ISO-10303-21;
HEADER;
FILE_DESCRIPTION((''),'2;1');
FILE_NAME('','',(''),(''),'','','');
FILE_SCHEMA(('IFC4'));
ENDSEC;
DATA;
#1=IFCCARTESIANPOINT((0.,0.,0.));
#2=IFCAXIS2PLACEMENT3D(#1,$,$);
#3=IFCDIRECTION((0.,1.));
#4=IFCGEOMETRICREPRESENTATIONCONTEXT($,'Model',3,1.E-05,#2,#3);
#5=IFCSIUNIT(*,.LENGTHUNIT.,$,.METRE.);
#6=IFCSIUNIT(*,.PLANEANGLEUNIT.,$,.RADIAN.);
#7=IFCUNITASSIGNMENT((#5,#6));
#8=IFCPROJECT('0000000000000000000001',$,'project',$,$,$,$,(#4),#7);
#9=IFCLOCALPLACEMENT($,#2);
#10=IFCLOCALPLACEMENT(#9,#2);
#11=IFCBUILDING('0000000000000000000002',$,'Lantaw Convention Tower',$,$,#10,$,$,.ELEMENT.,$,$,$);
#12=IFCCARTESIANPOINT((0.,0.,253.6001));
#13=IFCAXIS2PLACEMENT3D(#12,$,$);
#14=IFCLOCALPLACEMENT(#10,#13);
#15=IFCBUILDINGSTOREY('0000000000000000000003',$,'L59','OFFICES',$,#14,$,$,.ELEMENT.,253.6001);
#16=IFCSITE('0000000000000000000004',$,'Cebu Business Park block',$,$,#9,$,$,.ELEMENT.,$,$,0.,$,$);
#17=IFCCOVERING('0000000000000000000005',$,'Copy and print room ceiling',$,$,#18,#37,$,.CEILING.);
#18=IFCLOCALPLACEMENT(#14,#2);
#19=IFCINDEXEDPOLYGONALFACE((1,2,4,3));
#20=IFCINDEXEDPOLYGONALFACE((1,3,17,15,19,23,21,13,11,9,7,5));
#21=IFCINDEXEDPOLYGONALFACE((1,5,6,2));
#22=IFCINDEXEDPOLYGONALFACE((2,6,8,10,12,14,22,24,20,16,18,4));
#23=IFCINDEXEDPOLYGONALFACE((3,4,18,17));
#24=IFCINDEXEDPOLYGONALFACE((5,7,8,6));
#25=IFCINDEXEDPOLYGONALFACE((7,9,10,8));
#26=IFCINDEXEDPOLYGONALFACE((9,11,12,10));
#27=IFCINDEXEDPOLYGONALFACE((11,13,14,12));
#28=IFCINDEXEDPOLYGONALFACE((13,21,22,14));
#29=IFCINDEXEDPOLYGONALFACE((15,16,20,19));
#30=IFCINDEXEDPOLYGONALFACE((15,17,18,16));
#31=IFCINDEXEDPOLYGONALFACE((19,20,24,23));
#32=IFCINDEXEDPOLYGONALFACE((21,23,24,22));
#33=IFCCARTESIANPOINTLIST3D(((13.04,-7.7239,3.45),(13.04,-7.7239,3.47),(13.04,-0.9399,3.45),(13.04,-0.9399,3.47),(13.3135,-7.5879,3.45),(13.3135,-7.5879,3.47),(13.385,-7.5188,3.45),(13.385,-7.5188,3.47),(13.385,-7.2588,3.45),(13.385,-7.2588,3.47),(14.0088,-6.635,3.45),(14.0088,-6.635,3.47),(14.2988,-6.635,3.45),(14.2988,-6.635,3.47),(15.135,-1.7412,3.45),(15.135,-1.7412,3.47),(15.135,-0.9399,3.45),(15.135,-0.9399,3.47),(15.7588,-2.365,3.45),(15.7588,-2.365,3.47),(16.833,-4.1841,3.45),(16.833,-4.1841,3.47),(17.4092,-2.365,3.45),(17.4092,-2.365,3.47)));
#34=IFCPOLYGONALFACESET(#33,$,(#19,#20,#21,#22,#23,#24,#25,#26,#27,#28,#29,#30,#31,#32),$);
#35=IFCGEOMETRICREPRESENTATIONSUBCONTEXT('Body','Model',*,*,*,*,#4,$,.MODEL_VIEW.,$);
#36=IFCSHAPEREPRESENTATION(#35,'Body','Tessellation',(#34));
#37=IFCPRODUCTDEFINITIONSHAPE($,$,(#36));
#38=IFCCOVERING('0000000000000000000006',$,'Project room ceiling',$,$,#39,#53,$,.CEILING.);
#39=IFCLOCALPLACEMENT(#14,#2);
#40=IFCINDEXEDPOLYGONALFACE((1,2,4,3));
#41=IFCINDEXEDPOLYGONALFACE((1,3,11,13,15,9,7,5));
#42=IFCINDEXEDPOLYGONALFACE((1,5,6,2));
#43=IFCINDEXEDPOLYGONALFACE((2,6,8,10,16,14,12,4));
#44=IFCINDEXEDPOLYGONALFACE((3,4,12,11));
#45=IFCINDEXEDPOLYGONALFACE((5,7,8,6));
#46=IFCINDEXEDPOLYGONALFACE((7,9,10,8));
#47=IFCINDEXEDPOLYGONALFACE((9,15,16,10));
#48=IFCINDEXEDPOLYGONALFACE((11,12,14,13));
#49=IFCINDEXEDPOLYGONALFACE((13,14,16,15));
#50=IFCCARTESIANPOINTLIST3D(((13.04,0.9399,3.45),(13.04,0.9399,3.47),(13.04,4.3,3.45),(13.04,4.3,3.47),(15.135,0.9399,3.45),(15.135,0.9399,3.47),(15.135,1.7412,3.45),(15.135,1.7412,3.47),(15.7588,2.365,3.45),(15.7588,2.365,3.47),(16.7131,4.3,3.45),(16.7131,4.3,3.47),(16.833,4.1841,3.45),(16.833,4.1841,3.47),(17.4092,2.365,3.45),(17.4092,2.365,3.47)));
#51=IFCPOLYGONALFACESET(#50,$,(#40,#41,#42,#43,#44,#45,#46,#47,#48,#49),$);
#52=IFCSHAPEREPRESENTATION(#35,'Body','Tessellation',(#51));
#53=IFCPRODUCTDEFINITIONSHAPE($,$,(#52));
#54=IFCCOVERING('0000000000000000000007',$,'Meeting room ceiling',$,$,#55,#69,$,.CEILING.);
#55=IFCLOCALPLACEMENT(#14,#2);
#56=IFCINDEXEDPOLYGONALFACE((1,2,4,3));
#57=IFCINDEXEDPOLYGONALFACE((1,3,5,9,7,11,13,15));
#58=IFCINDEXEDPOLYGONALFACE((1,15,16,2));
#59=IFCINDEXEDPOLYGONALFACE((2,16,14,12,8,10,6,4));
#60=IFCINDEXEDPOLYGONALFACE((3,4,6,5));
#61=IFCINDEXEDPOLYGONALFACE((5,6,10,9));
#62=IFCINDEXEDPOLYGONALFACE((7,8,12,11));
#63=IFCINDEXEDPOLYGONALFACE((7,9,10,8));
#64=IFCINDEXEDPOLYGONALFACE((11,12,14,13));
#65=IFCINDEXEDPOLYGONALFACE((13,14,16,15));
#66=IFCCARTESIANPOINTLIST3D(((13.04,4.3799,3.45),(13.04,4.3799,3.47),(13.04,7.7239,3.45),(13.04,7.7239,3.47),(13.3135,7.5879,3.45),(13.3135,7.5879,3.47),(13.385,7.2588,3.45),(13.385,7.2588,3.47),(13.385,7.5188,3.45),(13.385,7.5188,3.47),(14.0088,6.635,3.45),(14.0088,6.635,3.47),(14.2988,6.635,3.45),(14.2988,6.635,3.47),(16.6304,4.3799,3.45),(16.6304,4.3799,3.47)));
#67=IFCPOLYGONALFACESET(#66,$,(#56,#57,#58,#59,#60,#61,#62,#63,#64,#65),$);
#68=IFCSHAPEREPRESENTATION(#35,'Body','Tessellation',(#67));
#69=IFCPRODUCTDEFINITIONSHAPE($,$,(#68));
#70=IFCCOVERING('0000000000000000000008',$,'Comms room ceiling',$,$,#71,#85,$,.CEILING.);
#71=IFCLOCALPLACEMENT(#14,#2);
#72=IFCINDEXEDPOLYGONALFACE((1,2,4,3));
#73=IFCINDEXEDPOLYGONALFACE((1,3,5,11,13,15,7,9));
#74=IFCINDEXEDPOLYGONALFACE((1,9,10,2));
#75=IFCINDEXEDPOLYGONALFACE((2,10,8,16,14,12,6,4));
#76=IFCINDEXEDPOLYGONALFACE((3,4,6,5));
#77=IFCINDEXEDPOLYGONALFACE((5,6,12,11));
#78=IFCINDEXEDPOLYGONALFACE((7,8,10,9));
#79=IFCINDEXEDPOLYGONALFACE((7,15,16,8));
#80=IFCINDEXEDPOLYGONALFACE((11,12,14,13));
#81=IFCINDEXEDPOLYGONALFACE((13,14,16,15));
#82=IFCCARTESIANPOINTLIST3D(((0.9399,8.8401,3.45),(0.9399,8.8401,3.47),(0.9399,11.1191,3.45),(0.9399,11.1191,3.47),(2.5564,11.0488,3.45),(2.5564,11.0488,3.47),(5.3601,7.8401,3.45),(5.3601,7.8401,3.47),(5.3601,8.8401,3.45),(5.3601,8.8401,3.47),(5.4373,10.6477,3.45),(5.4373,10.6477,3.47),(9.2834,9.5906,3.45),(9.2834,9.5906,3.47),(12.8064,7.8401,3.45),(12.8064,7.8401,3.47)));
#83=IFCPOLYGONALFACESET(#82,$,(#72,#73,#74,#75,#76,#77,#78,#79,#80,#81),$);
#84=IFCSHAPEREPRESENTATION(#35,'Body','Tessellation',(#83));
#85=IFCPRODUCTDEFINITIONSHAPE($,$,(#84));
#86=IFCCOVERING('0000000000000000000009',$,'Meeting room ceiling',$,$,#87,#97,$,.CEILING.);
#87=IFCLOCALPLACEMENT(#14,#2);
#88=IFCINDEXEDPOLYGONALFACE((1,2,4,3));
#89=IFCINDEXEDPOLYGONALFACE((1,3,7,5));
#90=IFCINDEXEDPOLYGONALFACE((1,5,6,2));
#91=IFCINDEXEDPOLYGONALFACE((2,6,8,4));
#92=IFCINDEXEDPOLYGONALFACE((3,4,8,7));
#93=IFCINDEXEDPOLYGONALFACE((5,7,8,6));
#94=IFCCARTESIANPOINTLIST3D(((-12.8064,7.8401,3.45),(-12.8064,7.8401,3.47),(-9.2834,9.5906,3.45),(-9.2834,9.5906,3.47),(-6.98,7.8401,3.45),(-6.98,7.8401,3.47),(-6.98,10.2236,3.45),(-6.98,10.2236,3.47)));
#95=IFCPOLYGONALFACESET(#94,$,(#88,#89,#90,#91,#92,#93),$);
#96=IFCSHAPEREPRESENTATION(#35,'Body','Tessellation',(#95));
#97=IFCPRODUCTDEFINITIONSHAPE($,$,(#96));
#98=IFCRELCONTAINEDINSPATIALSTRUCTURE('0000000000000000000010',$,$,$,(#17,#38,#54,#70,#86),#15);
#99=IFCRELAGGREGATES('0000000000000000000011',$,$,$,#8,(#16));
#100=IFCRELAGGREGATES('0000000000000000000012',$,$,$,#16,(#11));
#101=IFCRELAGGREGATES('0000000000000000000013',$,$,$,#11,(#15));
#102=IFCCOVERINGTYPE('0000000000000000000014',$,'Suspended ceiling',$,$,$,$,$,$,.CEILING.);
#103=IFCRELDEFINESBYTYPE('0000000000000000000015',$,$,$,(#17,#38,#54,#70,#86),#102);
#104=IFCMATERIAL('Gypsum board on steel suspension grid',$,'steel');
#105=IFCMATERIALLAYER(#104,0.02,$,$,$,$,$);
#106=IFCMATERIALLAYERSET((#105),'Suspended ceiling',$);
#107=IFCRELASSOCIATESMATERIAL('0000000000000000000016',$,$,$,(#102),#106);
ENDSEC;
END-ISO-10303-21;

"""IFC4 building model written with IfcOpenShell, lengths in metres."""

from ifc_helpers import new_model, si_unit, direction, frame, origin, place, context, subcontext, project, spatial, polyline, outline, extrude, material, layer, layer_set, type_object, element, save


model = new_model("IFC4")

# Units and contexts
model_context = context("Model", 3, precision=1e-05, world=origin(), true_north=direction((0.0, 1.0)))
body_context = subcontext(model_context, "Body", "Model", "MODEL_VIEW")
ifc_project = project(units=[si_unit("LENGTHUNIT", "METRE"), si_unit("PLANEANGLEUNIT", "RADIAN")], contexts=[model_context])

# Site, building, storey
site_placement = place(None, origin())
site = spatial("IfcSite", under=ifc_project, at=site_placement, Name="Cebu Business Park block", CompositionType="ELEMENT", RefElevation=0.0)
building_placement = place(site_placement, origin())
building = spatial("IfcBuilding", under=site, at=building_placement, Name="Lantaw Convention Tower", CompositionType="ELEMENT")
storey_placement = place(building_placement, frame((0.0, 0.0, 253.6001)))
storey = spatial("IfcBuildingStorey", under=building, at=storey_placement, Name="L59", Description="OFFICES", CompositionType="ELEMENT", Elevation=253.6001)

# Coverings
ifc_material_1 = material(Name="Gypsum board on steel suspension grid", Category="steel")
ifc_layer_1 = layer(ifc_material_1, 0.02)
ifc_layer_set_1 = layer_set([ifc_layer_1], Name="Suspended ceiling")
covering_type = type_object("IfcCoveringType", Name="Suspended ceiling", PredefinedType="CEILING", material=ifc_layer_set_1)
covering_1_placement = place(storey_placement, frame((0.0, 0.0, 3.45)))
element("IfcCovering", 1, at=covering_1_placement, inside=storey, type_object=covering_type, Name="Copy and print room ceiling", PredefinedType="CEILING", context=body_context, shape_type="SweptSolid", body=[
    extrude(outline(polyline([(16.833, -4.1841), (17.4092, -2.365), (15.7588, -2.365), (15.135, -1.7412), (15.135, -0.9399), (13.04, -0.9399), (13.04, -7.7239), (13.3135, -7.5879), (13.385, -7.5188), (13.385, -7.2588), (14.0088, -6.635), (14.2988, -6.635), (16.833, -4.1841)])), origin(), (0.0, 0.0, 1.0), 0.02),
])
covering_2_placement = place(storey_placement, frame((0.0, 0.0, 3.45)))
element("IfcCovering", 2, at=covering_2_placement, inside=storey, type_object=covering_type, Name="Project room ceiling", PredefinedType="CEILING", context=body_context, shape_type="SweptSolid", body=[
    extrude(outline(polyline([(17.4092, 2.365), (16.833, 4.1841), (16.7131, 4.3), (13.04, 4.3), (13.04, 0.9399), (15.135, 0.9399), (15.135, 1.7412), (15.7588, 2.365), (17.4092, 2.365)])), origin(), (0.0, 0.0, 1.0), 0.02),
])
covering_3_placement = place(storey_placement, frame((0.0, 0.0, 3.45)))
element("IfcCovering", 3, at=covering_3_placement, inside=storey, type_object=covering_type, Name="Meeting room ceiling", PredefinedType="CEILING", context=body_context, shape_type="SweptSolid", body=[
    extrude(outline(polyline([(13.385, 7.5188), (13.3135, 7.5879), (13.04, 7.7239), (13.04, 4.3799), (16.6304, 4.3799), (14.2988, 6.635), (14.0088, 6.635), (13.385, 7.2588), (13.385, 7.5188)])), origin(), (0.0, 0.0, 1.0), 0.02),
])
covering_4_placement = place(storey_placement, frame((0.0, 0.0, 3.45)))
element("IfcCovering", 4, at=covering_4_placement, inside=storey, type_object=covering_type, Name="Comms room ceiling", PredefinedType="CEILING", context=body_context, shape_type="SweptSolid", body=[
    extrude(outline(polyline([(5.3601, 7.8401), (12.8064, 7.8401), (9.2834, 9.5906), (5.4373, 10.6477), (2.5564, 11.0488), (0.9399, 11.1191), (0.9399, 8.8401), (5.3601, 8.8401), (5.3601, 7.8401)])), origin(), (0.0, 0.0, 1.0), 0.02),
])
covering_5_placement = place(storey_placement, frame((0.0, 0.0, 3.45)))
element("IfcCovering", 5, at=covering_5_placement, inside=storey, type_object=covering_type, Name="Meeting room ceiling", PredefinedType="CEILING", context=body_context, shape_type="SweptSolid", body=[
    extrude(outline(polyline([(-9.2834, 9.5906), (-12.8064, 7.8401), (-6.98, 7.8401), (-6.98, 10.2236), (-9.2834, 9.5906)])), origin(), (0.0, 0.0, 1.0), 0.02),
])

save(model, "model.ifc")
